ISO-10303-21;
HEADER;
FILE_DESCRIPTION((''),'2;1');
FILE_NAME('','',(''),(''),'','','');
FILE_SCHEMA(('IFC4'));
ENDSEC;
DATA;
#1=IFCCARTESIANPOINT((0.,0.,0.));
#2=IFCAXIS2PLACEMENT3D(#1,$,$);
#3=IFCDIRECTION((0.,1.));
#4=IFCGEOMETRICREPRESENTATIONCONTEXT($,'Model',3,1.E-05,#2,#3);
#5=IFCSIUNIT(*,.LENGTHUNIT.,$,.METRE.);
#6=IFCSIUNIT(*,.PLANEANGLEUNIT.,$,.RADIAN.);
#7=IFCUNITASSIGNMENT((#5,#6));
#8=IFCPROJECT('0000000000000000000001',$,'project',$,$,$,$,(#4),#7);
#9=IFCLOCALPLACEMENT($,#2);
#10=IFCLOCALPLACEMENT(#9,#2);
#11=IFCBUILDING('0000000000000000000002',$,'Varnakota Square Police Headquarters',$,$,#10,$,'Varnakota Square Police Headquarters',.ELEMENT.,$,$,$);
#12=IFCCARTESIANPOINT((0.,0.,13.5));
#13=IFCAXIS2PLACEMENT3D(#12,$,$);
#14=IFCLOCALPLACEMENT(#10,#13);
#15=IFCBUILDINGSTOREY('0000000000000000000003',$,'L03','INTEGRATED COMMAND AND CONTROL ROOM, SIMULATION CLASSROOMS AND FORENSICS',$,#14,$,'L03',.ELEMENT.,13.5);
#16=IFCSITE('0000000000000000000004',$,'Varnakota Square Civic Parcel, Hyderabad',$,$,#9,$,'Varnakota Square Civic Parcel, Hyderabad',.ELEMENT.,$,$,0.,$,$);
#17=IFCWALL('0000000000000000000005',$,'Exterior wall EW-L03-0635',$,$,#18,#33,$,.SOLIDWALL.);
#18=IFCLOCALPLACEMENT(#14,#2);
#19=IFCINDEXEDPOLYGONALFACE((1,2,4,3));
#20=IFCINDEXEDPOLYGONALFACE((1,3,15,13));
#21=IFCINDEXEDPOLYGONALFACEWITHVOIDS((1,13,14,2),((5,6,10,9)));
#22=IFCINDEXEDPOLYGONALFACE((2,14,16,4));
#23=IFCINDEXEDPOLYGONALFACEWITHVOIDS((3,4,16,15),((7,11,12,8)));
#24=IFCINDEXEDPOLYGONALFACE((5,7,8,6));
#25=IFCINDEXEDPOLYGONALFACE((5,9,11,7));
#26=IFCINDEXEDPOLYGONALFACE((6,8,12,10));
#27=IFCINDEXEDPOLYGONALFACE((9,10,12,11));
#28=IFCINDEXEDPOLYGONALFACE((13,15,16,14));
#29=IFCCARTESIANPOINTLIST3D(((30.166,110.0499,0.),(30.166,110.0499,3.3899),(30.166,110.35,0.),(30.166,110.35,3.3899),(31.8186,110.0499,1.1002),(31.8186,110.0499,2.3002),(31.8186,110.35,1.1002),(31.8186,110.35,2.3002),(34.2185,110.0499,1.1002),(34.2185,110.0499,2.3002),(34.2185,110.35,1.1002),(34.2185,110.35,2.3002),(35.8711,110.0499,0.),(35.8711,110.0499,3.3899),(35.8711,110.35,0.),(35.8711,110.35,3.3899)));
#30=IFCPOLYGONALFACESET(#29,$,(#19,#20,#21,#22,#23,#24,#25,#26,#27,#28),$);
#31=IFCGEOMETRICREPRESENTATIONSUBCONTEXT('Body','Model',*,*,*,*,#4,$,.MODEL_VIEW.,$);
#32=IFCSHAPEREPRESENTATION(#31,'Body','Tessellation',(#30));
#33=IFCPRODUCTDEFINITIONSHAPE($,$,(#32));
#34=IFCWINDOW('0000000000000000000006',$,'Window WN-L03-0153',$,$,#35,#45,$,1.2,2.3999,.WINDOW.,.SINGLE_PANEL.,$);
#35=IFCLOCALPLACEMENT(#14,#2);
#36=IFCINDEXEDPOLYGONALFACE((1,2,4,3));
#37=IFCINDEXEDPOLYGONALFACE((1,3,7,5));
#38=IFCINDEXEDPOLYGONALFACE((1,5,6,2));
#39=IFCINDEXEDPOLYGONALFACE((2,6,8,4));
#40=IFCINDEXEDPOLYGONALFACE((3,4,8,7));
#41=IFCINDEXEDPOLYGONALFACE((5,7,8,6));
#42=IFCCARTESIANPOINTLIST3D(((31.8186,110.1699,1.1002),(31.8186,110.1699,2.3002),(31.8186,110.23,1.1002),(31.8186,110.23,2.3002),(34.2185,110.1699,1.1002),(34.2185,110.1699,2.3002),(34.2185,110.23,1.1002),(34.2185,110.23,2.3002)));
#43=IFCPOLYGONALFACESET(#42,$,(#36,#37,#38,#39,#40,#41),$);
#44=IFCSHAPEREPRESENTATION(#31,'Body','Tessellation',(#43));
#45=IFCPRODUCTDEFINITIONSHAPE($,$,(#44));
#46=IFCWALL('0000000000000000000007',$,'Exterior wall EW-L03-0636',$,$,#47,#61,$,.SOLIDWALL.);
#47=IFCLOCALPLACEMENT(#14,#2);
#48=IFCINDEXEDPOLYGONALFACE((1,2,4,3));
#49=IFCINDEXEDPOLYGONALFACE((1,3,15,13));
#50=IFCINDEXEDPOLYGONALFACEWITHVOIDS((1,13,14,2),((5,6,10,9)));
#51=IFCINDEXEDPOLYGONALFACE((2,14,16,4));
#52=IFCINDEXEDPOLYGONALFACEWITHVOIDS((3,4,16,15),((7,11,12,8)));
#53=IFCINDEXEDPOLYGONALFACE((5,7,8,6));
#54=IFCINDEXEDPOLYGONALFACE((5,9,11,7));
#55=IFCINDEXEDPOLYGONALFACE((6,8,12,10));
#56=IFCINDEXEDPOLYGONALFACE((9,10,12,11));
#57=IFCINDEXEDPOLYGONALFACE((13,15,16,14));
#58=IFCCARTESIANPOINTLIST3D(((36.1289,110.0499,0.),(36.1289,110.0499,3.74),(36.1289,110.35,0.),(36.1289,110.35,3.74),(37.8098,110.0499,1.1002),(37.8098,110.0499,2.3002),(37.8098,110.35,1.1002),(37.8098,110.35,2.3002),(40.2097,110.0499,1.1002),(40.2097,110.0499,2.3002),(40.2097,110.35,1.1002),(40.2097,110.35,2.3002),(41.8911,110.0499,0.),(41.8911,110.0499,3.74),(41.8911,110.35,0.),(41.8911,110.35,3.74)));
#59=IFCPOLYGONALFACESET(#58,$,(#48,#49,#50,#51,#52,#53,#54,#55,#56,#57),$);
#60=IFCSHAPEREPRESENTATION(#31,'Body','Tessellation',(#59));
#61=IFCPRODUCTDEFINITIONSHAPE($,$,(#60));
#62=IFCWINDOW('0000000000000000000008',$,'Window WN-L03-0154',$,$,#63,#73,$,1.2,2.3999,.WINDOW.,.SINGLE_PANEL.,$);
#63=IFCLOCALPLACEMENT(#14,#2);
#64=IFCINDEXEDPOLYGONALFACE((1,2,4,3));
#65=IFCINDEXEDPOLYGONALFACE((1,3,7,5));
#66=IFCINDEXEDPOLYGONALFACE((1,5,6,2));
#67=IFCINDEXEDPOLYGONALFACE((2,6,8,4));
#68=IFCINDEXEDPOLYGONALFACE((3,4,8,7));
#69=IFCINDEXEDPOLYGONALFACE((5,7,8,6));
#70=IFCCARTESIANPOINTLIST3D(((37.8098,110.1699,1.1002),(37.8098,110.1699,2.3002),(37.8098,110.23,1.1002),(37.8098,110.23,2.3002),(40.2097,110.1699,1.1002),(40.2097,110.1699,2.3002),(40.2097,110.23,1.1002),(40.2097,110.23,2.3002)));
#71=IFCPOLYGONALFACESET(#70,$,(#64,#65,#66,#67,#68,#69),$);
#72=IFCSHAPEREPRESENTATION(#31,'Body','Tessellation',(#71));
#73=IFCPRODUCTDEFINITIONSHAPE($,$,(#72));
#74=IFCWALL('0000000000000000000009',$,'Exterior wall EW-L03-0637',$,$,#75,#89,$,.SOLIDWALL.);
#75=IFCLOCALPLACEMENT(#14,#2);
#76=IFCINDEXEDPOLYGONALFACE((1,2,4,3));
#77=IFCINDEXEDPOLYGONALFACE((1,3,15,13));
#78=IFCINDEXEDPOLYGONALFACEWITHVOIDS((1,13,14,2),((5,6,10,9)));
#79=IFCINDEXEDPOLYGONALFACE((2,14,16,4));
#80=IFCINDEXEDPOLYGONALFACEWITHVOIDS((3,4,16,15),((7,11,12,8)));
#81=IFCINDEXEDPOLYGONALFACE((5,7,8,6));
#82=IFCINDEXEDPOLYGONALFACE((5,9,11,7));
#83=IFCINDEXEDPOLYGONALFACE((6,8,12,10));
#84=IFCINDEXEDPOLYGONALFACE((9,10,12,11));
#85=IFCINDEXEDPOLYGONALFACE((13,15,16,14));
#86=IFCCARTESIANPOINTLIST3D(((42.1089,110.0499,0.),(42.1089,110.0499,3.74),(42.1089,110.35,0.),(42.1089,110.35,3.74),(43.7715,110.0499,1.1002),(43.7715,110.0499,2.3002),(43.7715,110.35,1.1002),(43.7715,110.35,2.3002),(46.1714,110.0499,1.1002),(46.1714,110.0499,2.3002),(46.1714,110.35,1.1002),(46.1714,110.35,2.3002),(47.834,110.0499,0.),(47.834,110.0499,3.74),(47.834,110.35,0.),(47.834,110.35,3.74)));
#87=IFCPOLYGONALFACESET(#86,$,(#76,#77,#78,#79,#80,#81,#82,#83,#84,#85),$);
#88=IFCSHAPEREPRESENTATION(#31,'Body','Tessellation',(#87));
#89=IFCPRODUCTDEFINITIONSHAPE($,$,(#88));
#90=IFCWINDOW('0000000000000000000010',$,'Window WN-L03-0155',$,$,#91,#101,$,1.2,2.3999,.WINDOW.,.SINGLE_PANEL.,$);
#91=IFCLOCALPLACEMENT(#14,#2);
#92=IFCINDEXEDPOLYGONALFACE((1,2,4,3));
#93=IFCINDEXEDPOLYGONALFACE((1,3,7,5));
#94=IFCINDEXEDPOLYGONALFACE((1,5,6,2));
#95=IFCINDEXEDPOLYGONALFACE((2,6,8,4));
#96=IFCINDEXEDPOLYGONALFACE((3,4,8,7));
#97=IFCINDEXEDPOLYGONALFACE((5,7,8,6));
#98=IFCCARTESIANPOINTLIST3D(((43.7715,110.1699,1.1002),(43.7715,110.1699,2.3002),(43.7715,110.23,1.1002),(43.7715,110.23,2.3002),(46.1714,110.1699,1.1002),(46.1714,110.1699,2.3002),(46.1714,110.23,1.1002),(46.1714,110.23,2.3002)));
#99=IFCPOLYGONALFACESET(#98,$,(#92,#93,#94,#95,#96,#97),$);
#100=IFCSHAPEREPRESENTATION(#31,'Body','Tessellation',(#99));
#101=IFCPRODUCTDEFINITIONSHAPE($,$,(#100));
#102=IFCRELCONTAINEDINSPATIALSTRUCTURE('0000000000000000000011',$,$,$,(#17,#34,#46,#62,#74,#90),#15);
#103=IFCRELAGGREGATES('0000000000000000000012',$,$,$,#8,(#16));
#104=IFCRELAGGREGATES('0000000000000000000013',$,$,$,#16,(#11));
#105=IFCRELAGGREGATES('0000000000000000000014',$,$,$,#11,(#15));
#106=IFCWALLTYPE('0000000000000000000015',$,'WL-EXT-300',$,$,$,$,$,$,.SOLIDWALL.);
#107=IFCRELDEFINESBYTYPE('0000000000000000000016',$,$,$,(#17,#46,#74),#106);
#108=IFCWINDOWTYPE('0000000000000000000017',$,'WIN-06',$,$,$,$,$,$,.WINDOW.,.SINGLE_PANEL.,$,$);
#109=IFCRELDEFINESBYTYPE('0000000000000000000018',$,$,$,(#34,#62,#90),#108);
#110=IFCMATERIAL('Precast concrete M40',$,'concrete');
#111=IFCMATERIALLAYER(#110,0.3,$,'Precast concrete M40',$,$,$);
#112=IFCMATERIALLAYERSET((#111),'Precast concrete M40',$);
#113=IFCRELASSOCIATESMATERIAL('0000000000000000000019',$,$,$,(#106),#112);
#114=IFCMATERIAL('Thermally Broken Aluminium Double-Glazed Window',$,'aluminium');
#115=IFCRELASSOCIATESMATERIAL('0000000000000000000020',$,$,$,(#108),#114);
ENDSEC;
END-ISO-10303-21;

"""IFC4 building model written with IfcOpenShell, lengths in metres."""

from ifc_helpers import new_model, si_unit, direction, frame, frame_2d, origin, place, context, subcontext, project, spatial, rectangle, extrude, material, layer, layer_set, type_object, element, fill, save


model = new_model("IFC4")

# Units and contexts
model_context = context("Model", 3, precision=1e-05, world=origin(), true_north=direction((0.0, 1.0)))
body_context = subcontext(model_context, "Body", "Model", "MODEL_VIEW")
ifc_project = project(units=[si_unit("LENGTHUNIT", "METRE"), si_unit("PLANEANGLEUNIT", "RADIAN")], contexts=[model_context])

# Site, building, storey
site_placement = place(None, origin())
site = spatial("IfcSite", under=ifc_project, at=site_placement, Name="Varnakota Square Civic Parcel, Hyderabad", LongName="Varnakota Square Civic Parcel, Hyderabad", CompositionType="ELEMENT", RefElevation=0.0)
building_placement = place(site_placement, origin())
building = spatial("IfcBuilding", under=site, at=building_placement, Name="Varnakota Square Police Headquarters", LongName="Varnakota Square Police Headquarters", CompositionType="ELEMENT")
storey_placement = place(building_placement, frame((0.0, 0.0, 13.5)))
storey = spatial("IfcBuildingStorey", under=building, at=storey_placement, Name="L03", Description="INTEGRATED COMMAND AND CONTROL ROOM, SIMULATION CLASSROOMS AND FORENSICS", LongName="L03", CompositionType="ELEMENT", Elevation=13.5)

# Walls, openings, windows
ifc_material_1 = material(Name="Precast concrete M40", Category="concrete")
ifc_layer_1 = layer(ifc_material_1, 0.3, Name="Precast concrete M40")
ifc_layer_set_1 = layer_set([ifc_layer_1], Name="Precast concrete M40")
wall_type_1 = type_object("IfcWallType", Name="WL-EXT-300", PredefinedType="SOLIDWALL", material=ifc_layer_set_1)
wall_1_placement = place(storey_placement, frame((30.166, 110.2, 0.0), z_axis=(0.0, 0.0, 1.0), x_axis=(1.0, 0.0, 0.0)))
wall_1 = element("IfcWall", 1, at=wall_1_placement, inside=storey, type_object=wall_type_1, Name="Exterior wall EW-L03-0635", PredefinedType="SOLIDWALL", context=body_context, shape_type="SweptSolid", body=[
    extrude(rectangle(XDim=5.7051, YDim=0.3, at=frame_2d((2.8525, 0.0))), origin(), (0.0, 0.0, 1.0), 3.3899),
])
opening_1_placement = place(wall_1_placement, frame((1.6526, 0.0, 1.1001)))
opening_1 = element("IfcOpeningElement", 2, at=opening_1_placement, cuts=wall_1, PredefinedType="OPENING", context=body_context, shape_type="SweptSolid", body=[
    extrude(rectangle(XDim=2.3999, YDim=1.2, at=frame_2d((1.2, 0.6001))), frame((0.0, 0.1599, 0.0), z_axis=(0.0, -1.0, 0.0), x_axis=(1.0, 0.0, 0.0)), (0.0, 0.0, 1.0), 0.3201),
])
ifc_material_2 = material(Name="Thermally Broken Aluminium Double-Glazed Window", Category="aluminium")
window_type = type_object("IfcWindowType", Name="WIN-06", PartitioningType="SINGLE_PANEL", PredefinedType="WINDOW", material=ifc_material_2)
window_1_placement = place(opening_1_placement, origin())
window_1 = element("IfcWindow", 3, at=window_1_placement, inside=storey, type_object=window_type, Name="Window WN-L03-0153", OverallHeight=1.2, OverallWidth=2.3999, PartitioningType="SINGLE_PANEL", PredefinedType="WINDOW", context=body_context, shape_type="SweptSolid", body=[
    extrude(rectangle(XDim=2.3999, YDim=1.2, at=frame_2d((1.2, 0.6001))), frame((0.0, 0.03, 0.0), z_axis=(0.0, -1.0, 0.0), x_axis=(1.0, 0.0, 0.0)), (0.0, 0.0, 1.0), 0.0601),
])
fill(opening_1, window_1)
wall_2_placement = place(storey_placement, frame((36.1289, 110.2, 0.0), z_axis=(0.0, 0.0, 1.0), x_axis=(1.0, 0.0, 0.0)))
wall_2 = element("IfcWall", 4, at=wall_2_placement, inside=storey, type_object=wall_type_1, Name="Exterior wall EW-L03-0636", PredefinedType="SOLIDWALL", context=body_context, shape_type="SweptSolid", body=[
    extrude(rectangle(XDim=5.7622, YDim=0.3, at=frame_2d((2.8811, 0.0))), origin(), (0.0, 0.0, 1.0), 3.74),
])
opening_2_placement = place(wall_2_placement, frame((1.6809, 0.0, 1.1001)))
opening_2 = element("IfcOpeningElement", 5, at=opening_2_placement, cuts=wall_2, PredefinedType="OPENING", context=body_context, shape_type="SweptSolid", body=[
    extrude(rectangle(XDim=2.3999, YDim=1.2, at=frame_2d((1.2, 0.6001))), frame((0.0, 0.1599, 0.0), z_axis=(0.0, -1.0, 0.0), x_axis=(1.0, 0.0, 0.0)), (0.0, 0.0, 1.0), 0.3201),
])
window_2_placement = place(opening_2_placement, origin())
window_2 = element("IfcWindow", 6, at=window_2_placement, inside=storey, type_object=window_type, Name="Window WN-L03-0154", OverallHeight=1.2, OverallWidth=2.3999, PartitioningType="SINGLE_PANEL", PredefinedType="WINDOW", context=body_context, shape_type="SweptSolid", body=[
    extrude(rectangle(XDim=2.3999, YDim=1.2, at=frame_2d((1.2, 0.6001))), frame((0.0, 0.03, 0.0), z_axis=(0.0, -1.0, 0.0), x_axis=(1.0, 0.0, 0.0)), (0.0, 0.0, 1.0), 0.0601),
])
fill(opening_2, window_2)
wall_3_placement = place(storey_placement, frame((42.1089, 110.2, 0.0), z_axis=(0.0, 0.0, 1.0), x_axis=(1.0, 0.0, 0.0)))
wall_3 = element("IfcWall", 7, at=wall_3_placement, inside=storey, type_object=wall_type_1, Name="Exterior wall EW-L03-0637", PredefinedType="SOLIDWALL", context=body_context, shape_type="SweptSolid", body=[
    extrude(rectangle(XDim=5.7251, YDim=0.3, at=frame_2d((2.8625, 0.0))), origin(), (0.0, 0.0, 1.0), 3.74),
])
opening_3_placement = place(wall_3_placement, frame((1.6626, 0.0, 1.1001)))
opening_3 = element("IfcOpeningElement", 8, at=opening_3_placement, cuts=wall_3, PredefinedType="OPENING", context=body_context, shape_type="SweptSolid", body=[
    extrude(rectangle(XDim=2.3999, YDim=1.2, at=frame_2d((1.2, 0.6001))), frame((0.0, 0.1599, 0.0), z_axis=(0.0, -1.0, 0.0), x_axis=(1.0, 0.0, 0.0)), (0.0, 0.0, 1.0), 0.3201),
])
window_3_placement = place(opening_3_placement, origin())
window_3 = element("IfcWindow", 9, at=window_3_placement, inside=storey, type_object=window_type, Name="Window WN-L03-0155", OverallHeight=1.2, OverallWidth=2.3999, PartitioningType="SINGLE_PANEL", PredefinedType="WINDOW", context=body_context, shape_type="SweptSolid", body=[
    extrude(rectangle(XDim=2.3999, YDim=1.2, at=frame_2d((1.2, 0.6001))), frame((0.0, 0.03, 0.0), z_axis=(0.0, -1.0, 0.0), x_axis=(1.0, 0.0, 0.0)), (0.0, 0.0, 1.0), 0.0601),
])
fill(opening_3, window_3)

save(model, "model.ifc")
